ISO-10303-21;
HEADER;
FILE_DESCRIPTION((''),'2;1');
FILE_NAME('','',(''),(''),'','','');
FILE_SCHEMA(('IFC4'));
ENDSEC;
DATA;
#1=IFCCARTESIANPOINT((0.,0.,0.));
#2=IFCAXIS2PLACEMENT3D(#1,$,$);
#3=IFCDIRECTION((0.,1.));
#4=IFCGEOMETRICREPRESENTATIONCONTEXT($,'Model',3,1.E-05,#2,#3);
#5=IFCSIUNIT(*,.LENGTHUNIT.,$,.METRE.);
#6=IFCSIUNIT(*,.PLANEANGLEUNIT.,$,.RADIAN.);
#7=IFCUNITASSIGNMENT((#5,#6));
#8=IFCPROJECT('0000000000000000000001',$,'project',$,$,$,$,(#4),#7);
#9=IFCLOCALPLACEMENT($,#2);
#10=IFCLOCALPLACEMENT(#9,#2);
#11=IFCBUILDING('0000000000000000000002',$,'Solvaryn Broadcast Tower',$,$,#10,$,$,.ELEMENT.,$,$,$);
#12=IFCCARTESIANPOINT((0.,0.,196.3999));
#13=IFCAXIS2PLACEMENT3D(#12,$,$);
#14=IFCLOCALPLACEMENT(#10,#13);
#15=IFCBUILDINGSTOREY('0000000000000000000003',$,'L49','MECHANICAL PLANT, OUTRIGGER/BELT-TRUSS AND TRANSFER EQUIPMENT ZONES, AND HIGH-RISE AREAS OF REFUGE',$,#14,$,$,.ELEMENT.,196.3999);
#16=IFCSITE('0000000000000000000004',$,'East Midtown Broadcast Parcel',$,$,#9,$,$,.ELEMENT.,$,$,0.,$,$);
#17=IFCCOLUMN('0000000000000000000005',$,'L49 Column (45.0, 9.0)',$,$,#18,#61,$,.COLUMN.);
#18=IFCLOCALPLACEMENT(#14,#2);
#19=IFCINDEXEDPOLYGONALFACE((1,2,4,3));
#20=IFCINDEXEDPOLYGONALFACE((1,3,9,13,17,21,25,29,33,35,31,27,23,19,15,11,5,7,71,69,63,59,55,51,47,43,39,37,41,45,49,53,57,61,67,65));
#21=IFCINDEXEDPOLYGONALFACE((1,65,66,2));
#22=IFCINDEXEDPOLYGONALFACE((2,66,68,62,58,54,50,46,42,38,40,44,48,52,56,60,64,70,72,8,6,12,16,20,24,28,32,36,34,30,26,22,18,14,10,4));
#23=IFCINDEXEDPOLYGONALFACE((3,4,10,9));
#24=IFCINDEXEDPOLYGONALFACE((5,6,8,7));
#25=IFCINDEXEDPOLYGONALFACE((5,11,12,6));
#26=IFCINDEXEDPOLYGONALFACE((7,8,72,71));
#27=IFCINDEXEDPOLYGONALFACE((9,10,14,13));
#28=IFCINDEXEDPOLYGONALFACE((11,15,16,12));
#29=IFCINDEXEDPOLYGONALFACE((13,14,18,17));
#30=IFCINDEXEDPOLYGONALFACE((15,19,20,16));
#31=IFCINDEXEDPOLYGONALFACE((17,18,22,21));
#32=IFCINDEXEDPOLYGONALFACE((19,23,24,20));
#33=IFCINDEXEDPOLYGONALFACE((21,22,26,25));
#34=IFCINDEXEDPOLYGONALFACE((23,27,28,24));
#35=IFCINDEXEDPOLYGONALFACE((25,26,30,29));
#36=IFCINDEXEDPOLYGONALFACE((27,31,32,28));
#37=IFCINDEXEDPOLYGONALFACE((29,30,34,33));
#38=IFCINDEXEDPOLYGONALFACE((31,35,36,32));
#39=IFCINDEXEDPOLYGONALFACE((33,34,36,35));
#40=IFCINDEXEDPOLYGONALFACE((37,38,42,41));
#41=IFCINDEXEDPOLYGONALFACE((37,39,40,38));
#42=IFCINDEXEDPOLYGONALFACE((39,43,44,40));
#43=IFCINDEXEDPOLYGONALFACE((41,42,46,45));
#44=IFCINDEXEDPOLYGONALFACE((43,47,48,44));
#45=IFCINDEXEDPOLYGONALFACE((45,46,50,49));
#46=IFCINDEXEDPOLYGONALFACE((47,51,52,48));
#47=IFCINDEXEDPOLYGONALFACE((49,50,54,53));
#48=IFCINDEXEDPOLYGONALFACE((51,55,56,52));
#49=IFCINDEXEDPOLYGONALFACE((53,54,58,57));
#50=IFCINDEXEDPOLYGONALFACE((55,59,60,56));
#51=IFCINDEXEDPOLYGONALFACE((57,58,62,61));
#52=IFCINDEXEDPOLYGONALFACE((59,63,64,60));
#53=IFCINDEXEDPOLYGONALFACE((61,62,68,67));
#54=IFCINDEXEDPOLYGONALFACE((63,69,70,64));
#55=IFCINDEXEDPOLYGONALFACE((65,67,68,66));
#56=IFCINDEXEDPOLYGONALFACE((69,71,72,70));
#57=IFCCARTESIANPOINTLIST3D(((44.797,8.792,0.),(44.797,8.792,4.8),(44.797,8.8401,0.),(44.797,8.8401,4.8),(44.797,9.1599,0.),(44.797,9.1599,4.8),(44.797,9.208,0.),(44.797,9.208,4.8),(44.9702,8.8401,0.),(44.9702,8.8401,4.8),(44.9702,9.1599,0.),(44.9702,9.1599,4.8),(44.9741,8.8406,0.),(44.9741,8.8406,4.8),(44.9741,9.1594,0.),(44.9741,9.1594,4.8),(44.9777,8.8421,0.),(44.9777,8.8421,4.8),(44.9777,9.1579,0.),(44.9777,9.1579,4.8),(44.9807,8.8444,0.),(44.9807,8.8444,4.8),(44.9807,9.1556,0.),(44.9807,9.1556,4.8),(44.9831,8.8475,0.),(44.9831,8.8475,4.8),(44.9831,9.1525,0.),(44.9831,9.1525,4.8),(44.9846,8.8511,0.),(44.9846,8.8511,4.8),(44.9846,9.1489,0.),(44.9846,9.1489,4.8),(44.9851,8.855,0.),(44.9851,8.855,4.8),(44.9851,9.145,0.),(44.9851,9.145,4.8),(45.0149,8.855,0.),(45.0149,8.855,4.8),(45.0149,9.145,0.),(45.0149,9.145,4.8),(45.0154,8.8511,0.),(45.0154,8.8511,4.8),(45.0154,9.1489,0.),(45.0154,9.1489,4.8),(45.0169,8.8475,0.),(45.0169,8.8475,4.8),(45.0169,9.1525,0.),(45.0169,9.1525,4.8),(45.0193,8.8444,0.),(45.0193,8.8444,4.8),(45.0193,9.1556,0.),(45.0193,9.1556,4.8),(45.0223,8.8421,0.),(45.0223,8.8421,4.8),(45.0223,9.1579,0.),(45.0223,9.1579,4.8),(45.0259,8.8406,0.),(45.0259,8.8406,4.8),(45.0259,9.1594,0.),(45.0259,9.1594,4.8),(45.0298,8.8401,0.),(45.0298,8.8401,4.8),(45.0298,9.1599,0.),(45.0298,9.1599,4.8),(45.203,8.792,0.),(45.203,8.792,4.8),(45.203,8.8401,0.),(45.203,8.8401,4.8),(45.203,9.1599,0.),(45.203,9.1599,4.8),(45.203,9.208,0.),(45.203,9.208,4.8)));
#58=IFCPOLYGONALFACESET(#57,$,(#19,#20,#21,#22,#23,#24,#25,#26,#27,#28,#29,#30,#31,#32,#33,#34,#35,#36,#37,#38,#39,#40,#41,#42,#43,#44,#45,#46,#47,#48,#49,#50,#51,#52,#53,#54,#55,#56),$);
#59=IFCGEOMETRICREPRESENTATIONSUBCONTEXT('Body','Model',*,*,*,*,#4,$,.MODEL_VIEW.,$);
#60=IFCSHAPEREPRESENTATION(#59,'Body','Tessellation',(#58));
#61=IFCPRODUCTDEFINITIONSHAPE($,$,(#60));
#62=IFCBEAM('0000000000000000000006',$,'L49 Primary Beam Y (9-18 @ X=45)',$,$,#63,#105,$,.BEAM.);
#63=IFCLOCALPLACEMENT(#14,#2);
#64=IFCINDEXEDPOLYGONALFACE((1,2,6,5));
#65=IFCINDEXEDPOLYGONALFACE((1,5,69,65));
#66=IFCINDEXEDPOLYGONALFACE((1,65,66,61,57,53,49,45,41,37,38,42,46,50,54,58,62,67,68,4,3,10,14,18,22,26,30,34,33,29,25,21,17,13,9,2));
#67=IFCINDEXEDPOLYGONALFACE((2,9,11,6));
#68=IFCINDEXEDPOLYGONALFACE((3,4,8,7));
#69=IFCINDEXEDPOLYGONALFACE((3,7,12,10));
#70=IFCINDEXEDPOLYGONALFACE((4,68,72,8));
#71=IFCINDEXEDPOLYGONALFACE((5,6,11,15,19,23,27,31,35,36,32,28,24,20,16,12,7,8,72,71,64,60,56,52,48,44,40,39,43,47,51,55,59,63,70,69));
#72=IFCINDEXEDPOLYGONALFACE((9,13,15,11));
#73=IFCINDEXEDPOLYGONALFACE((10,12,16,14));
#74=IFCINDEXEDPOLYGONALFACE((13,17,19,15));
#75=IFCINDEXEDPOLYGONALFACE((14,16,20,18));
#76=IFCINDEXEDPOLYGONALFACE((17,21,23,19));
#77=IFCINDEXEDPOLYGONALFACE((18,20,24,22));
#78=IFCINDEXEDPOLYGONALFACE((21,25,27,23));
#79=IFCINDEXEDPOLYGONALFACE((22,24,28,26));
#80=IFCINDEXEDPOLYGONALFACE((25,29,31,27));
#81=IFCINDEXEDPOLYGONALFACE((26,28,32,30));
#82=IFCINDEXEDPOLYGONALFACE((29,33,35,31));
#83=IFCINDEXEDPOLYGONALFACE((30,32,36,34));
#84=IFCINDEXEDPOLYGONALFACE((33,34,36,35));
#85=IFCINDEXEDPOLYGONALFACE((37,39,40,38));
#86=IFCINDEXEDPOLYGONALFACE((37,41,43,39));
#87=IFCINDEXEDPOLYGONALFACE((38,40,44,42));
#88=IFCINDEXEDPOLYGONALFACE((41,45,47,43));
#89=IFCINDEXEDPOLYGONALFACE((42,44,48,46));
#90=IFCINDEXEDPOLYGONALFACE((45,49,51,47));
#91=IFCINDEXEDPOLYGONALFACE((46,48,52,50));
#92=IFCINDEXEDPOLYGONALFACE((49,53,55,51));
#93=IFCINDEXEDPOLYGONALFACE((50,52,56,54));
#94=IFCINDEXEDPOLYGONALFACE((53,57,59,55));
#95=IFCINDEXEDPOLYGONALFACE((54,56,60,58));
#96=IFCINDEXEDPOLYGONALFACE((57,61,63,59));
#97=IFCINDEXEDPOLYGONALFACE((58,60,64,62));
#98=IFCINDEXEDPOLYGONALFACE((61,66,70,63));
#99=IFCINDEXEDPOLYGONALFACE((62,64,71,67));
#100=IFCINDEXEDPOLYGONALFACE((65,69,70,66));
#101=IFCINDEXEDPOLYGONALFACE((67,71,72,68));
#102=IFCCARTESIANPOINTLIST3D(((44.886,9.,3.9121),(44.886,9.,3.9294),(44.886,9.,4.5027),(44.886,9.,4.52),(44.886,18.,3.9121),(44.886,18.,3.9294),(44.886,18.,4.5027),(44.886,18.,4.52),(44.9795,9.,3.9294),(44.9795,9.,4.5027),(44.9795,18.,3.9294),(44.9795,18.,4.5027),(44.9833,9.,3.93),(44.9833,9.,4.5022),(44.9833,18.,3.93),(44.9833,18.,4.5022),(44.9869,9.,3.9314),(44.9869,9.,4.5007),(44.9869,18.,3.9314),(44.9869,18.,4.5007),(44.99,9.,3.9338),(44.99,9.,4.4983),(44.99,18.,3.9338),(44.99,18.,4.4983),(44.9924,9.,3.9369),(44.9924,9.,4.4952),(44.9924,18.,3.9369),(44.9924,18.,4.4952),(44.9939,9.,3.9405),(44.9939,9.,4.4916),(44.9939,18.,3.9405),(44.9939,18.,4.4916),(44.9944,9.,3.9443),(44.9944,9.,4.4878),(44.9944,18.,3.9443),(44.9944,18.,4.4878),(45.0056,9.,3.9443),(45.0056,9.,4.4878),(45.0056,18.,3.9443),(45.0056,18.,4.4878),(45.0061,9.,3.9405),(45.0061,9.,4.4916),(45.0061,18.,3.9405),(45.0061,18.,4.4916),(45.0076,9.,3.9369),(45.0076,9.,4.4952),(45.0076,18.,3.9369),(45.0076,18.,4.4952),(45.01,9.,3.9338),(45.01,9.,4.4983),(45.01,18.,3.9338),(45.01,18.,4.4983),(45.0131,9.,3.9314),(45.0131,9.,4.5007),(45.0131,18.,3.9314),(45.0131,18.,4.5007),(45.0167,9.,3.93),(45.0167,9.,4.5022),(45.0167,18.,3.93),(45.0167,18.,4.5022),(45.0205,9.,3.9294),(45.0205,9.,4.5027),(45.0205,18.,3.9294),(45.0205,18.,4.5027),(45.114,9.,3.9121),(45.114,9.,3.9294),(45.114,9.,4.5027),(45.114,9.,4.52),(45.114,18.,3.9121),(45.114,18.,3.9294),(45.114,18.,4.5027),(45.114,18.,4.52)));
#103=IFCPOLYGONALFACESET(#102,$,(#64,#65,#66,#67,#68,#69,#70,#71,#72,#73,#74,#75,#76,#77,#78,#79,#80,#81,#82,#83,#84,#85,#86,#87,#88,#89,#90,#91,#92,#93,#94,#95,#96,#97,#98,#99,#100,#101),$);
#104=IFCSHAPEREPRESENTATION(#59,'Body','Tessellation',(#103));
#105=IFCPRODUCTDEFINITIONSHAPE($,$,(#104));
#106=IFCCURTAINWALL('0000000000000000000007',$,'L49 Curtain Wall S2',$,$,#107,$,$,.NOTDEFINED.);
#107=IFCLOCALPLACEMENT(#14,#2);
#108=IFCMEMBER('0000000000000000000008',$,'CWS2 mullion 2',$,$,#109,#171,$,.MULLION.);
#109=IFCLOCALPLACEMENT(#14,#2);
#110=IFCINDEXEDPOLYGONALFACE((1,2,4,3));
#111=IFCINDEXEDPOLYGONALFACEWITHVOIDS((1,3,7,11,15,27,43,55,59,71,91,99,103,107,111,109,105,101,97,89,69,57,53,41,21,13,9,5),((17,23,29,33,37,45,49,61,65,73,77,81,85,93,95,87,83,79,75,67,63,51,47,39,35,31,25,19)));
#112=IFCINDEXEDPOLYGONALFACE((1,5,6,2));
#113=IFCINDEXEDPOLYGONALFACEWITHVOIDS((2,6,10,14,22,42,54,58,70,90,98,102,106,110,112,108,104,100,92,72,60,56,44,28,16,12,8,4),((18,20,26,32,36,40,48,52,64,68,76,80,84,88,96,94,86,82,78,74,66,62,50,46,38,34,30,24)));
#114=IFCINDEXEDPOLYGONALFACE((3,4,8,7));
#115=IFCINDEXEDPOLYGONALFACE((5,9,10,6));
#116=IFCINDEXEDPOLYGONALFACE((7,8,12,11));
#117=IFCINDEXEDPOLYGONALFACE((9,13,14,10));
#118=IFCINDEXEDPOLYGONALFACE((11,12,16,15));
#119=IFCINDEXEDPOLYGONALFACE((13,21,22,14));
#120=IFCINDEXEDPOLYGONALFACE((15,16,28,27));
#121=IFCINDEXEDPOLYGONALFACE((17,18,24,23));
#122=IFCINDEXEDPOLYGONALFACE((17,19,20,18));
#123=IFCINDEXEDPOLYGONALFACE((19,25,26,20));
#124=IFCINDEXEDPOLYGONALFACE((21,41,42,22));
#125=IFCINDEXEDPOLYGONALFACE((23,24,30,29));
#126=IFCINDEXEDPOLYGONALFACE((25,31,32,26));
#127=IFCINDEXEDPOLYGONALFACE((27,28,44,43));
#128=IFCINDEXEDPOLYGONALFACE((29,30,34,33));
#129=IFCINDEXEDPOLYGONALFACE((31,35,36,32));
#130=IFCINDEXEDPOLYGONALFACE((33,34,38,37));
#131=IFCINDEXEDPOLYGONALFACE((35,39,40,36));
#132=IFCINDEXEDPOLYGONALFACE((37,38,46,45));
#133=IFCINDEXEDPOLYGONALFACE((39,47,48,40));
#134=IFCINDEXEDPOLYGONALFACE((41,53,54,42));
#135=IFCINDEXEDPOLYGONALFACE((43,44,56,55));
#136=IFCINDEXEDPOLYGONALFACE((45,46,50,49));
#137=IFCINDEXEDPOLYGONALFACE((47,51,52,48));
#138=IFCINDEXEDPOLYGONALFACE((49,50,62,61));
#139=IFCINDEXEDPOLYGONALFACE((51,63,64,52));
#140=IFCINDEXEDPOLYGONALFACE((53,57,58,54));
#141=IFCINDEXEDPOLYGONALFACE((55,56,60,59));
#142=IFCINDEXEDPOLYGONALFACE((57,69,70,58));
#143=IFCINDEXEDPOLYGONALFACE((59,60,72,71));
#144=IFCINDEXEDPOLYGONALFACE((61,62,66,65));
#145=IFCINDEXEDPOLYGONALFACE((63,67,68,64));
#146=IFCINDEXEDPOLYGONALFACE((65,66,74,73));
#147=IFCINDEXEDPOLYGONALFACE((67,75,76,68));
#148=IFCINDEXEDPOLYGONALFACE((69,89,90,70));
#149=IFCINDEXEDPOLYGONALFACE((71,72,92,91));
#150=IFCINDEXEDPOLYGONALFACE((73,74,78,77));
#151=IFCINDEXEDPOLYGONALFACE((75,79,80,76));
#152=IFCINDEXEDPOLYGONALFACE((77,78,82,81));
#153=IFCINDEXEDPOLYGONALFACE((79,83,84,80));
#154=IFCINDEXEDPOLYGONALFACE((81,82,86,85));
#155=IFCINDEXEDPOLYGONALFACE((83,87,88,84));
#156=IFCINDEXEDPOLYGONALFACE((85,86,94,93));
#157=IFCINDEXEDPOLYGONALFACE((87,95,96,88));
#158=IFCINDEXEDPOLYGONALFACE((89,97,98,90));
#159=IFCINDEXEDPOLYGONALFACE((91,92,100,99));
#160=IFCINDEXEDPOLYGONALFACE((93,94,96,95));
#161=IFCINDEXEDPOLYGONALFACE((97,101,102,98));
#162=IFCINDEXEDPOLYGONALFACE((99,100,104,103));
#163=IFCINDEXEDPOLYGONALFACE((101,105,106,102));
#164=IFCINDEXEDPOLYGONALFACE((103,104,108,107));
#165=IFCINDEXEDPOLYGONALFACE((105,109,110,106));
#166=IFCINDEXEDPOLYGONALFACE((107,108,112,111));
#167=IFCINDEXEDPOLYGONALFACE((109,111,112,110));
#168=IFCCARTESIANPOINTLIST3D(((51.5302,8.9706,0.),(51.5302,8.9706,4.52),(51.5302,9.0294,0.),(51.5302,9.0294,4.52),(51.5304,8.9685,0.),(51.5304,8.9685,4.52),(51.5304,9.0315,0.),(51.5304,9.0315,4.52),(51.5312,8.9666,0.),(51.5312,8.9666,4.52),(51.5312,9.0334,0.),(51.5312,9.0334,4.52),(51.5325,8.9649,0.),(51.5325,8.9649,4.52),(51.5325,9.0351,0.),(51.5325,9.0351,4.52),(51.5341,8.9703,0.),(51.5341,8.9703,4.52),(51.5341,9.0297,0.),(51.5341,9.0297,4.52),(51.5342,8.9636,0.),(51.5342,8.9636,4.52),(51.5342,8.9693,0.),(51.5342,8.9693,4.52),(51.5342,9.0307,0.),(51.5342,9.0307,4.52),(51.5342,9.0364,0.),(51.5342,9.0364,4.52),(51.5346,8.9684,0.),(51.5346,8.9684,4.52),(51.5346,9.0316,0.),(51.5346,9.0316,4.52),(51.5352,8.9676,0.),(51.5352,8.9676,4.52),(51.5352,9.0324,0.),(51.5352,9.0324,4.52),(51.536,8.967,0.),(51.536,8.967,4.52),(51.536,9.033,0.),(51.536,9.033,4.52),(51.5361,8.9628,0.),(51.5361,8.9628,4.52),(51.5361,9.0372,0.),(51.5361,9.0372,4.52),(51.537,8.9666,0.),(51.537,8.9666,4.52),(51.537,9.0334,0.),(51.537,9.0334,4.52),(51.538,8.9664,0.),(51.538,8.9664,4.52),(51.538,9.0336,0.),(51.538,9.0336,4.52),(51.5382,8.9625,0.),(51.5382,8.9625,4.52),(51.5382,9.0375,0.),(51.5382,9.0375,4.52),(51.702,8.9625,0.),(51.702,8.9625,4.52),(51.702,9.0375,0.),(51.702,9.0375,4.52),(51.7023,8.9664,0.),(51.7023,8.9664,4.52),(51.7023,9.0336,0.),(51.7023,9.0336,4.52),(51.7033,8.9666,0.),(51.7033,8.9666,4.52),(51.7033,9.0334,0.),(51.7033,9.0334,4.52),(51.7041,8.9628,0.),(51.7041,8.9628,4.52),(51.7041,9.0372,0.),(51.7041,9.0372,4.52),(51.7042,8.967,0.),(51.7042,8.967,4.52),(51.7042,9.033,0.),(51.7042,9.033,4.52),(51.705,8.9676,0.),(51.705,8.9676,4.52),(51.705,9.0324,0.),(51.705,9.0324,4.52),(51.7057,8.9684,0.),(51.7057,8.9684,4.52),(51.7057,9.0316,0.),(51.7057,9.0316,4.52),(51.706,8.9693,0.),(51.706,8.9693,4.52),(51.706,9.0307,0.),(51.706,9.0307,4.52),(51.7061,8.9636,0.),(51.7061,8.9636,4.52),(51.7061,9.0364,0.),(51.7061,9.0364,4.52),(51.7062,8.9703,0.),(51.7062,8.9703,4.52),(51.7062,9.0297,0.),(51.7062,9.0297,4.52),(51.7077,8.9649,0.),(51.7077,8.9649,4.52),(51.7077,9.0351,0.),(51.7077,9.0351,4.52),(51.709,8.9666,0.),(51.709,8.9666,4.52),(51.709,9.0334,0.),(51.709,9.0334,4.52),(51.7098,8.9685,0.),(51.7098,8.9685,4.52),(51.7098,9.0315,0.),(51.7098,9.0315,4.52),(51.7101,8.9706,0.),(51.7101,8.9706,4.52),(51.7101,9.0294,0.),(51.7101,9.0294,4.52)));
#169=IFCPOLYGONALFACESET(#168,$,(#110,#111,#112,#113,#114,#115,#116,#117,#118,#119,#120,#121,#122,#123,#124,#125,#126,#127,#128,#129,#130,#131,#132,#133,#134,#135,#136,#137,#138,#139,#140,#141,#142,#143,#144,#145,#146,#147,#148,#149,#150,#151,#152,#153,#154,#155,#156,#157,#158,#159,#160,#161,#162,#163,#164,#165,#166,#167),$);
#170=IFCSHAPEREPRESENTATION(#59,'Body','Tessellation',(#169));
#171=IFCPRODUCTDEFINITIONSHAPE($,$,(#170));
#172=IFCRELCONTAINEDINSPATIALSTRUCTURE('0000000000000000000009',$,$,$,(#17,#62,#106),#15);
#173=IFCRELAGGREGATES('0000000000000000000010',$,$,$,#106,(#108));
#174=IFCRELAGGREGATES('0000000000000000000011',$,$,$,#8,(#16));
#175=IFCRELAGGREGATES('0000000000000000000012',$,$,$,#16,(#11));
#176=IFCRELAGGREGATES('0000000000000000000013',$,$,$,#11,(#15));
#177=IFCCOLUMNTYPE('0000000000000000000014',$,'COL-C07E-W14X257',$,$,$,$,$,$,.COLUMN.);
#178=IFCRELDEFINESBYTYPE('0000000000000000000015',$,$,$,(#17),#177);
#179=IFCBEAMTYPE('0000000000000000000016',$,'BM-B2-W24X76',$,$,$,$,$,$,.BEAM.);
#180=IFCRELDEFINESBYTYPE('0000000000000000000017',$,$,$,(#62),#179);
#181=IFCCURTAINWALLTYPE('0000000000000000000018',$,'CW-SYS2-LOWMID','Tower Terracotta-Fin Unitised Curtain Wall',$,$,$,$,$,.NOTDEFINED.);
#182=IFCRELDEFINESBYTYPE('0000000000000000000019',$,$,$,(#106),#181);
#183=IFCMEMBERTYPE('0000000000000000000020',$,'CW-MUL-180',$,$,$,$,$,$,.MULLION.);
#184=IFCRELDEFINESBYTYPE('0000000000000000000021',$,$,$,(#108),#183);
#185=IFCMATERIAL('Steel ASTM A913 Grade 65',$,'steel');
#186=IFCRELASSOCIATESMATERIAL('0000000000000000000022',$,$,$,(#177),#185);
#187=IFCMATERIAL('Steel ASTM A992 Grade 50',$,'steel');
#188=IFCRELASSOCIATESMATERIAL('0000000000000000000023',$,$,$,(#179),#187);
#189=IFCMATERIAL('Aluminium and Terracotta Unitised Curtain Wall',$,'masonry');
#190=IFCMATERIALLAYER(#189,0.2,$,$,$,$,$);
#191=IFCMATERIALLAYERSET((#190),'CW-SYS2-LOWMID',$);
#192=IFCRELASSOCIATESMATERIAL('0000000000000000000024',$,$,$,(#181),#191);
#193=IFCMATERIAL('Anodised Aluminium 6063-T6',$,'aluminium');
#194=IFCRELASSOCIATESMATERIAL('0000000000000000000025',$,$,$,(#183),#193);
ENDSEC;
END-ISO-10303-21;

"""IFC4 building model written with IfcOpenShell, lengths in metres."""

from ifc_helpers import new_model, si_unit, direction, frame, origin, origin_2d, place, context, subcontext, project, spatial, hollow_rectangle, i_section, extrude, material, layer, layer_set, material_profile, profile_set, type_object, element, aggregate, save


model = new_model("IFC4")

# Units and contexts
model_context = context("Model", 3, precision=1e-05, world=origin(), true_north=direction((0.0, 1.0)))
body_context = subcontext(model_context, "Body", "Model", "MODEL_VIEW")
ifc_project = project(units=[si_unit("LENGTHUNIT", "METRE"), si_unit("PLANEANGLEUNIT", "RADIAN")], contexts=[model_context])

# Site, building, storey
site_placement = place(None, origin())
site = spatial("IfcSite", under=ifc_project, at=site_placement, Name="East Midtown Broadcast Parcel", CompositionType="ELEMENT", RefElevation=0.0)
building_placement = place(site_placement, origin())
building = spatial("IfcBuilding", under=site, at=building_placement, Name="Solvaryn Broadcast Tower", CompositionType="ELEMENT")
storey_placement = place(building_placement, frame((0.0, 0.0, 196.3999)))
storey = spatial("IfcBuildingStorey", under=building, at=storey_placement, Name="L49", Description="MECHANICAL PLANT, OUTRIGGER/BELT-TRUSS AND TRANSFER EQUIPMENT ZONES, AND HIGH-RISE AREAS OF REFUGE", CompositionType="ELEMENT", Elevation=196.3999)

# Column
ifc_material_1 = material(Name="Steel ASTM A913 Grade 65", Category="steel")
ifc_material_profile_1 = material_profile(ifc_material_1, i_section(OverallWidth=0.406, OverallDepth=0.416, WebThickness=0.0298, FlangeThickness=0.0481, FilletRadius=0.0149, at=origin_2d()))
ifc_profile_set_1 = profile_set([ifc_material_profile_1], Name="Steel ASTM A913 Grade 65")
column_type = type_object("IfcColumnType", Name="COL-C07E-W14X257", PredefinedType="COLUMN", material=ifc_profile_set_1)
column_placement = place(storey_placement, frame((45.0, 9.0, 0.0), z_axis=(0.0, 0.0, 1.0), x_axis=(1.0, 0.0, 0.0)))
element("IfcColumn", 1, at=column_placement, inside=storey, type_object=column_type, Name="L49 Column (45.0, 9.0)", PredefinedType="COLUMN", context=body_context, shape_type="SweptSolid", body=[
    extrude(i_section(OverallWidth=0.406, OverallDepth=0.416, WebThickness=0.0298, FlangeThickness=0.0481, FilletRadius=0.0149, at=origin_2d()), origin(), (0.0, 0.0, 1.0), 4.8),
])

# Beam
ifc_material_2 = material(Name="Steel ASTM A992 Grade 50", Category="steel")
ifc_material_profile_2 = material_profile(ifc_material_2, i_section(OverallWidth=0.228, OverallDepth=0.6079, WebThickness=0.0112, FlangeThickness=0.0173, FilletRadius=0.0149, at=origin_2d()))
ifc_profile_set_2 = profile_set([ifc_material_profile_2], Name="Steel ASTM A992 Grade 50")
beam_type = type_object("IfcBeamType", Name="BM-B2-W24X76", PredefinedType="BEAM", material=ifc_profile_set_2)
beam_placement = place(storey_placement, frame((45.0, 9.0, 4.2161), z_axis=(0.0, 1.0, 0.0), x_axis=(-1.0, 0.0, 0.0)))
element("IfcBeam", 2, at=beam_placement, inside=storey, type_object=beam_type, Name="L49 Primary Beam Y (9-18 @ X=45)", PredefinedType="BEAM", context=body_context, shape_type="SweptSolid", body=[
    extrude(i_section(OverallWidth=0.228, OverallDepth=0.6079, WebThickness=0.0112, FlangeThickness=0.0173, FilletRadius=0.0149, at=origin_2d()), origin(), (0.0, 0.0, 1.0), 9.0),
])

# Curtain wall, member
ifc_material_3 = material(Name="Aluminium and Terracotta Unitised Curtain Wall", Category="masonry")
ifc_layer_1 = layer(ifc_material_3, 0.2)
ifc_layer_set_1 = layer_set([ifc_layer_1], Name="CW-SYS2-LOWMID")
curtain_wall_type = type_object("IfcCurtainWallType", Name="CW-SYS2-LOWMID", Description="Tower Terracotta-Fin Unitised Curtain Wall", PredefinedType="NOTDEFINED", material=ifc_layer_set_1)
curtain_wall_1_placement = place(storey_placement, origin())
curtain_wall_1 = element("IfcCurtainWall", 3, at=curtain_wall_1_placement, inside=storey, type_object=curtain_wall_type, Name="L49 Curtain Wall S2", PredefinedType="NOTDEFINED")
ifc_material_4 = material(Name="Anodised Aluminium 6063-T6", Category="aluminium")
ifc_material_profile_3 = material_profile(ifc_material_4, hollow_rectangle(XDim=0.075, YDim=0.1799, WallThickness=0.0039, InnerFilletRadius=0.0039, OuterFilletRadius=0.0081, at=origin_2d()))
ifc_profile_set_3 = profile_set([ifc_material_profile_3], Name="Anodised Aluminium 6063-T6")
member_type_1 = type_object("IfcMemberType", Name="CW-MUL-180", PredefinedType="MULLION", material=ifc_profile_set_3)
member_1_placement = place(storey_placement, frame((51.6201, 9.0, 0.0), z_axis=(0.0, 0.0, 1.0), x_axis=(0.0, 1.0, 0.0)))
member_1 = element("IfcMember", 4, at=member_1_placement, type_object=member_type_1, Name="CWS2 mullion 2", PredefinedType="MULLION", context=body_context, shape_type="SweptSolid", body=[
    extrude(hollow_rectangle(XDim=0.075, YDim=0.1799, WallThickness=0.0039, InnerFilletRadius=0.0039, OuterFilletRadius=0.0081, at=origin_2d()), origin(), (0.0, 0.0, 1.0), 4.52),
])

aggregate(curtain_wall_1, [member_1])

save(model, "model.ifc")
